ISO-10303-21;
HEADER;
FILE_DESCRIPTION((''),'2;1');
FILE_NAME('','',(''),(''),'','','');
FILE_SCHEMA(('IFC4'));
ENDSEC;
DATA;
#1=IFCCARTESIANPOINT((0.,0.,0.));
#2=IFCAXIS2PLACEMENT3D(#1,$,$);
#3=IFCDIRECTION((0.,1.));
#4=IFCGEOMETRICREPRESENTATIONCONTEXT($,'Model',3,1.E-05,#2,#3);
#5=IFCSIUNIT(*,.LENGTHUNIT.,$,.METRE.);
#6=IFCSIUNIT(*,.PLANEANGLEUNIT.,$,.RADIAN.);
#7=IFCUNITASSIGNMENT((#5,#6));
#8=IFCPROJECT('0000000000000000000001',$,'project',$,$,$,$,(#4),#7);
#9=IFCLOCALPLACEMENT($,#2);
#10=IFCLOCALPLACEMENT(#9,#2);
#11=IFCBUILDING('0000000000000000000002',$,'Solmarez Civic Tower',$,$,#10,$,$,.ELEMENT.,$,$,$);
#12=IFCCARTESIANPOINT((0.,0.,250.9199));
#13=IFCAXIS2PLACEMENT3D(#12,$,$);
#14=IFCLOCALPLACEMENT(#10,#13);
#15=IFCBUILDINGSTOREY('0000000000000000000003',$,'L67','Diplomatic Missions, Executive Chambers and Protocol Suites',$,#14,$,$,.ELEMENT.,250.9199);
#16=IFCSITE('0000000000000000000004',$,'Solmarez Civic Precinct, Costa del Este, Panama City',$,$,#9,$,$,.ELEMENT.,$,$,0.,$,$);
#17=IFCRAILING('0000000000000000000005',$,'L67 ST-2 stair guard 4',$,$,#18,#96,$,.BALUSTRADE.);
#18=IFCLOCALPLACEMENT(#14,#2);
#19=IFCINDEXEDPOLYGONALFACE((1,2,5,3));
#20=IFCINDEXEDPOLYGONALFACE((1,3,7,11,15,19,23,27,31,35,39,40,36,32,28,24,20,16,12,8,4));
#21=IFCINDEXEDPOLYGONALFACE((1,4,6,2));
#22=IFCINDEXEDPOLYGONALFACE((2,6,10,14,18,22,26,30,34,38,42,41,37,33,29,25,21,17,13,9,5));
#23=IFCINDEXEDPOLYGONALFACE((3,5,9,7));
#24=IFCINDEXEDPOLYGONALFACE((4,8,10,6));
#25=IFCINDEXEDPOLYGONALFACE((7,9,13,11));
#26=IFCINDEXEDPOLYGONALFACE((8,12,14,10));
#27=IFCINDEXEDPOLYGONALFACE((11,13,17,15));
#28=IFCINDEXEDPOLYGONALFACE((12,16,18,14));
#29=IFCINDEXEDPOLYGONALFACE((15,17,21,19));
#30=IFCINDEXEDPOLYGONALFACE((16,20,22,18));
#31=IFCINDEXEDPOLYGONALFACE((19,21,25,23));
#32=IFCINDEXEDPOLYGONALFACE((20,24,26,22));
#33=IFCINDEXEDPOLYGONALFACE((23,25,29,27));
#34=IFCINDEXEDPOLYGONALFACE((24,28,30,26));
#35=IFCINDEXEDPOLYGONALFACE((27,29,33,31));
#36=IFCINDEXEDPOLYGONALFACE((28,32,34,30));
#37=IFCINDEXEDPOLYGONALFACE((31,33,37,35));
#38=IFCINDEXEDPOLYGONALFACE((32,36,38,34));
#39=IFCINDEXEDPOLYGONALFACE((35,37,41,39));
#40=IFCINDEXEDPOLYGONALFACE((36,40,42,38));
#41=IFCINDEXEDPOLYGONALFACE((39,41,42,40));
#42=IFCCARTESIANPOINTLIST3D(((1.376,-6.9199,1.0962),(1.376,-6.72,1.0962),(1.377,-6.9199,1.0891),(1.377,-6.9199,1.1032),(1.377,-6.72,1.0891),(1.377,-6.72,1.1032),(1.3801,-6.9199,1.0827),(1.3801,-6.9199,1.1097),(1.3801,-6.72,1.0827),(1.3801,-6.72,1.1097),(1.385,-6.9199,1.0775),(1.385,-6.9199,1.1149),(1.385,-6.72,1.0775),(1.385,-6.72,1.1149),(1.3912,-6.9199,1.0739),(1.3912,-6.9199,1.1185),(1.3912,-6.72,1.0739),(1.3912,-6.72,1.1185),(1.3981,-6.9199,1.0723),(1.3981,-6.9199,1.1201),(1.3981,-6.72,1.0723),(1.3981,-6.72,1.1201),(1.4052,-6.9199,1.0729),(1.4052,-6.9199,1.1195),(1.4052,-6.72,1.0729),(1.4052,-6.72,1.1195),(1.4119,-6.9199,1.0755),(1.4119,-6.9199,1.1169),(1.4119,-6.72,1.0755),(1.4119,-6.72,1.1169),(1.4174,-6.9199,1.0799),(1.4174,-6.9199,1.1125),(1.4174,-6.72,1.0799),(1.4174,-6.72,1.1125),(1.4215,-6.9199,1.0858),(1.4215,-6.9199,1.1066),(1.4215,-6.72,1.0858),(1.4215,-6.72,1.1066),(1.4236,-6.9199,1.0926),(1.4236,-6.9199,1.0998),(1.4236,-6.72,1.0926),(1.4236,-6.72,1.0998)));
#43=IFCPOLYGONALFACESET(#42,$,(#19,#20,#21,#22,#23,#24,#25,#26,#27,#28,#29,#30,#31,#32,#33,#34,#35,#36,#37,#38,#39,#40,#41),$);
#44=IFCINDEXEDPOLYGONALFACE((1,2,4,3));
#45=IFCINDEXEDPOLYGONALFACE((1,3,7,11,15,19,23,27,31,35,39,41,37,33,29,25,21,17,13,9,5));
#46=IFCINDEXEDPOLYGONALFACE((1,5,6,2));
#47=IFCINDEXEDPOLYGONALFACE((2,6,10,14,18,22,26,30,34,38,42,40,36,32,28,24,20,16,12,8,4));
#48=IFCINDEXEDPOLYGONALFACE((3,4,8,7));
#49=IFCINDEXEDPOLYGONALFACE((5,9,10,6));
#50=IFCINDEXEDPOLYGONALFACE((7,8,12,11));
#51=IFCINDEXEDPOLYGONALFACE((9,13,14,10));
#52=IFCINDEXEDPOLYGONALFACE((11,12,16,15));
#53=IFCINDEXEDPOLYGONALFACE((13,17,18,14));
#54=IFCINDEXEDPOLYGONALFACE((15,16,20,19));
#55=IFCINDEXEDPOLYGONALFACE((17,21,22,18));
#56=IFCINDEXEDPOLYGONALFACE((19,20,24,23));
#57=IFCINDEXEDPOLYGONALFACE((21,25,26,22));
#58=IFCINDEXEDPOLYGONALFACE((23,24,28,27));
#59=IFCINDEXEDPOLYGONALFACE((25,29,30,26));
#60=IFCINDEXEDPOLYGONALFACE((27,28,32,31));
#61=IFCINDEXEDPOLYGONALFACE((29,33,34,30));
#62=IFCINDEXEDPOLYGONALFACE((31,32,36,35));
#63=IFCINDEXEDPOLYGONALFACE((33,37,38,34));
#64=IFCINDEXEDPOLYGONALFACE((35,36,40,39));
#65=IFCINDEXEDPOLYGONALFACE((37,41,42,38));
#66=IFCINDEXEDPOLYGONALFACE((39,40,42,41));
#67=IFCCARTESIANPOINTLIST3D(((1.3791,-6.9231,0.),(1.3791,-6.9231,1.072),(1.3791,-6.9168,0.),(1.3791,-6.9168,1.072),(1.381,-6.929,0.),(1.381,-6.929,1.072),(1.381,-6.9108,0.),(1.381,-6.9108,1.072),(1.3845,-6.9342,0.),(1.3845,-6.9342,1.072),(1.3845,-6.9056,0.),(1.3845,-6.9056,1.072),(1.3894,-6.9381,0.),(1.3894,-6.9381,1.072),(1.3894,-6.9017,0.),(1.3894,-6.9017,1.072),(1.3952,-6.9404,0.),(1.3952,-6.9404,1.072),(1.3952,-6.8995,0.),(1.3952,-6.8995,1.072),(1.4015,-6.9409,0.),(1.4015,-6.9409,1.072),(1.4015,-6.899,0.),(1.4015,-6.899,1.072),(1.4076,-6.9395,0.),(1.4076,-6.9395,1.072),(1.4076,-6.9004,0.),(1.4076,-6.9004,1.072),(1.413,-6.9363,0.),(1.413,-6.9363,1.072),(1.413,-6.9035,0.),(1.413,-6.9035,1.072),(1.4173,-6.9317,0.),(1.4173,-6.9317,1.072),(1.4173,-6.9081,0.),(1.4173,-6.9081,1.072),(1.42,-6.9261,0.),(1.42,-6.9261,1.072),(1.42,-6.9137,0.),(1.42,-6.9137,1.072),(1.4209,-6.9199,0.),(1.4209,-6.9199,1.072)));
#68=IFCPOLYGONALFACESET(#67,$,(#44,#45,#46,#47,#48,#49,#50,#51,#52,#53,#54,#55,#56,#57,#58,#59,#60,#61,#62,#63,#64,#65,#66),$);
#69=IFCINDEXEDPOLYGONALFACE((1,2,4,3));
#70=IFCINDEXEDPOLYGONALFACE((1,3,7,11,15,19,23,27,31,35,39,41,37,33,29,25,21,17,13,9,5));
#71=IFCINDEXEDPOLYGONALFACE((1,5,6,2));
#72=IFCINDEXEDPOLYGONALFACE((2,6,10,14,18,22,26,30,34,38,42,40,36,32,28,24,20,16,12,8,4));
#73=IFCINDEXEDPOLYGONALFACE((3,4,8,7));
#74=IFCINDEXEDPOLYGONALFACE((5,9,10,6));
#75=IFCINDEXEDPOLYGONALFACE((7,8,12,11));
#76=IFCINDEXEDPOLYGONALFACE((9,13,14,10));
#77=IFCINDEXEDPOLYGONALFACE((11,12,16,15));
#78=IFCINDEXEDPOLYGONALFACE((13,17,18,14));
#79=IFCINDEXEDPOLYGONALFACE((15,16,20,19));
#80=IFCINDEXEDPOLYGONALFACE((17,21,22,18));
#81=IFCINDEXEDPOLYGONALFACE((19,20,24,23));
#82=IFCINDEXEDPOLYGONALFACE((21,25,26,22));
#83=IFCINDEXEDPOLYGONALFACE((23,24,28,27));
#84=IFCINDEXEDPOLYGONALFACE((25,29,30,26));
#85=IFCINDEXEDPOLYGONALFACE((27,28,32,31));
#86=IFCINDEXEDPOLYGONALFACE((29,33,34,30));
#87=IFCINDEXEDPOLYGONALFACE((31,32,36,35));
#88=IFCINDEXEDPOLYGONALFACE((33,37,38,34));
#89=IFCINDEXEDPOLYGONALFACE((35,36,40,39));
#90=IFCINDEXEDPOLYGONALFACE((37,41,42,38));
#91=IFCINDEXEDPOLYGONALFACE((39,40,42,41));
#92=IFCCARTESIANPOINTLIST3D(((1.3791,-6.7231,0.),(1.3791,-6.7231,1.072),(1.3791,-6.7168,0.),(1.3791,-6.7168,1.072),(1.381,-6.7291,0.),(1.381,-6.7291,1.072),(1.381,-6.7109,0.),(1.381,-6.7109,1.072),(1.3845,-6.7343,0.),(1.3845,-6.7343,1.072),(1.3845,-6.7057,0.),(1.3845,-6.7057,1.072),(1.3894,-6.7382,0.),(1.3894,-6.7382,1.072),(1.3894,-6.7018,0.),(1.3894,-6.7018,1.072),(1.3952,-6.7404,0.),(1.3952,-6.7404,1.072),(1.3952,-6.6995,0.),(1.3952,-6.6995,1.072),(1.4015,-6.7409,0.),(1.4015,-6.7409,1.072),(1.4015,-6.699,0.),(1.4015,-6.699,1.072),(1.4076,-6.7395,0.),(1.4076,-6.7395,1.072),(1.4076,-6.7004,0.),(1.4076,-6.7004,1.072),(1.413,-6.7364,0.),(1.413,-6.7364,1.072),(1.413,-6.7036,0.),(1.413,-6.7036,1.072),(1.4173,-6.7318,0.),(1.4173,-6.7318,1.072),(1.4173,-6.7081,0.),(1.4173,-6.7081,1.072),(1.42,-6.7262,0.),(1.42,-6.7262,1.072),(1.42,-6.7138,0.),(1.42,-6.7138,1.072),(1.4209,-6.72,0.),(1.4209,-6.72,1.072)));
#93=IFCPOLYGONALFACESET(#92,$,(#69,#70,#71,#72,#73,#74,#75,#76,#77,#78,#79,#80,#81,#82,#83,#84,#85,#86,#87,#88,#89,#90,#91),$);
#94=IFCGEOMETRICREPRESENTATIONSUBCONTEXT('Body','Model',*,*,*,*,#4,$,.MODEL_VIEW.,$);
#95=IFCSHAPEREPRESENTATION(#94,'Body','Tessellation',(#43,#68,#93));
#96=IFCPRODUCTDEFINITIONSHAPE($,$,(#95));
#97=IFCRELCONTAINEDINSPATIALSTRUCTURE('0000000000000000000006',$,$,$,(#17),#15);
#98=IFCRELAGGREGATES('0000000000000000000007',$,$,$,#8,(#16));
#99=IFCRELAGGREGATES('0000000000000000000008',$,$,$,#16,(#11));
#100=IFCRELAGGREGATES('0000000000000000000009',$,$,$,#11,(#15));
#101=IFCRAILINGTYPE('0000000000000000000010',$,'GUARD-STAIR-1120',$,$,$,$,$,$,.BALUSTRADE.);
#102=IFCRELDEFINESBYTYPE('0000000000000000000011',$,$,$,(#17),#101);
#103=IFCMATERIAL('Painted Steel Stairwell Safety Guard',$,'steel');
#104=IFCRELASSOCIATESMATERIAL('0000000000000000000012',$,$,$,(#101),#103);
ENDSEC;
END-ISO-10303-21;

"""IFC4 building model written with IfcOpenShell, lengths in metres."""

from ifc_helpers import new_model, si_unit, direction, frame, origin, origin_2d, place, context, subcontext, project, spatial, circle, extrude, material, type_object, element, save


model = new_model("IFC4")

# Units and contexts
model_context = context("Model", 3, precision=1e-05, world=origin(), true_north=direction((0.0, 1.0)))
body_context = subcontext(model_context, "Body", "Model", "MODEL_VIEW")
ifc_project = project(units=[si_unit("LENGTHUNIT", "METRE"), si_unit("PLANEANGLEUNIT", "RADIAN")], contexts=[model_context])

# Site, building, storey
site_placement = place(None, origin())
site = spatial("IfcSite", under=ifc_project, at=site_placement, Name="Solmarez Civic Precinct, Costa del Este, Panama City", CompositionType="ELEMENT", RefElevation=0.0)
building_placement = place(site_placement, origin())
building = spatial("IfcBuilding", under=site, at=building_placement, Name="Solmarez Civic Tower", CompositionType="ELEMENT")
storey_placement = place(building_placement, frame((0.0, 0.0, 250.9199)))
storey = spatial("IfcBuildingStorey", under=building, at=storey_placement, Name="L67", Description="Diplomatic Missions, Executive Chambers and Protocol Suites", CompositionType="ELEMENT", Elevation=250.9199)

# Railing
ifc_material_1 = material(Name="Painted Steel Stairwell Safety Guard", Category="steel")
railing_type_1 = type_object("IfcRailingType", Name="GUARD-STAIR-1120", PredefinedType="BALUSTRADE", material=ifc_material_1)
railing_1_placement = place(storey_placement, frame((1.3999, -6.9199, 0.0)))
element("IfcRailing", 1, at=railing_1_placement, inside=storey, type_object=railing_type_1, Name="L67 ST-2 stair guard 4", PredefinedType="BALUSTRADE", context=body_context, shape_type="SweptSolid", body=[
    extrude(circle(Radius=0.0239, at=origin_2d()), frame((0.0, 0.0, 1.0962), z_axis=(0.0, 1.0, 0.0), x_axis=(-1.0, 0.0, 0.0)), (0.0, 0.0, 1.0), 0.2),
    extrude(circle(Radius=0.021, at=origin_2d()), origin(), (0.0, 0.0, 1.0), 1.072),
    extrude(circle(Radius=0.021, at=origin_2d()), frame((0.0, 0.2, 0.0)), (0.0, 0.0, 1.0), 1.072),
])

save(model, "model.ifc")
